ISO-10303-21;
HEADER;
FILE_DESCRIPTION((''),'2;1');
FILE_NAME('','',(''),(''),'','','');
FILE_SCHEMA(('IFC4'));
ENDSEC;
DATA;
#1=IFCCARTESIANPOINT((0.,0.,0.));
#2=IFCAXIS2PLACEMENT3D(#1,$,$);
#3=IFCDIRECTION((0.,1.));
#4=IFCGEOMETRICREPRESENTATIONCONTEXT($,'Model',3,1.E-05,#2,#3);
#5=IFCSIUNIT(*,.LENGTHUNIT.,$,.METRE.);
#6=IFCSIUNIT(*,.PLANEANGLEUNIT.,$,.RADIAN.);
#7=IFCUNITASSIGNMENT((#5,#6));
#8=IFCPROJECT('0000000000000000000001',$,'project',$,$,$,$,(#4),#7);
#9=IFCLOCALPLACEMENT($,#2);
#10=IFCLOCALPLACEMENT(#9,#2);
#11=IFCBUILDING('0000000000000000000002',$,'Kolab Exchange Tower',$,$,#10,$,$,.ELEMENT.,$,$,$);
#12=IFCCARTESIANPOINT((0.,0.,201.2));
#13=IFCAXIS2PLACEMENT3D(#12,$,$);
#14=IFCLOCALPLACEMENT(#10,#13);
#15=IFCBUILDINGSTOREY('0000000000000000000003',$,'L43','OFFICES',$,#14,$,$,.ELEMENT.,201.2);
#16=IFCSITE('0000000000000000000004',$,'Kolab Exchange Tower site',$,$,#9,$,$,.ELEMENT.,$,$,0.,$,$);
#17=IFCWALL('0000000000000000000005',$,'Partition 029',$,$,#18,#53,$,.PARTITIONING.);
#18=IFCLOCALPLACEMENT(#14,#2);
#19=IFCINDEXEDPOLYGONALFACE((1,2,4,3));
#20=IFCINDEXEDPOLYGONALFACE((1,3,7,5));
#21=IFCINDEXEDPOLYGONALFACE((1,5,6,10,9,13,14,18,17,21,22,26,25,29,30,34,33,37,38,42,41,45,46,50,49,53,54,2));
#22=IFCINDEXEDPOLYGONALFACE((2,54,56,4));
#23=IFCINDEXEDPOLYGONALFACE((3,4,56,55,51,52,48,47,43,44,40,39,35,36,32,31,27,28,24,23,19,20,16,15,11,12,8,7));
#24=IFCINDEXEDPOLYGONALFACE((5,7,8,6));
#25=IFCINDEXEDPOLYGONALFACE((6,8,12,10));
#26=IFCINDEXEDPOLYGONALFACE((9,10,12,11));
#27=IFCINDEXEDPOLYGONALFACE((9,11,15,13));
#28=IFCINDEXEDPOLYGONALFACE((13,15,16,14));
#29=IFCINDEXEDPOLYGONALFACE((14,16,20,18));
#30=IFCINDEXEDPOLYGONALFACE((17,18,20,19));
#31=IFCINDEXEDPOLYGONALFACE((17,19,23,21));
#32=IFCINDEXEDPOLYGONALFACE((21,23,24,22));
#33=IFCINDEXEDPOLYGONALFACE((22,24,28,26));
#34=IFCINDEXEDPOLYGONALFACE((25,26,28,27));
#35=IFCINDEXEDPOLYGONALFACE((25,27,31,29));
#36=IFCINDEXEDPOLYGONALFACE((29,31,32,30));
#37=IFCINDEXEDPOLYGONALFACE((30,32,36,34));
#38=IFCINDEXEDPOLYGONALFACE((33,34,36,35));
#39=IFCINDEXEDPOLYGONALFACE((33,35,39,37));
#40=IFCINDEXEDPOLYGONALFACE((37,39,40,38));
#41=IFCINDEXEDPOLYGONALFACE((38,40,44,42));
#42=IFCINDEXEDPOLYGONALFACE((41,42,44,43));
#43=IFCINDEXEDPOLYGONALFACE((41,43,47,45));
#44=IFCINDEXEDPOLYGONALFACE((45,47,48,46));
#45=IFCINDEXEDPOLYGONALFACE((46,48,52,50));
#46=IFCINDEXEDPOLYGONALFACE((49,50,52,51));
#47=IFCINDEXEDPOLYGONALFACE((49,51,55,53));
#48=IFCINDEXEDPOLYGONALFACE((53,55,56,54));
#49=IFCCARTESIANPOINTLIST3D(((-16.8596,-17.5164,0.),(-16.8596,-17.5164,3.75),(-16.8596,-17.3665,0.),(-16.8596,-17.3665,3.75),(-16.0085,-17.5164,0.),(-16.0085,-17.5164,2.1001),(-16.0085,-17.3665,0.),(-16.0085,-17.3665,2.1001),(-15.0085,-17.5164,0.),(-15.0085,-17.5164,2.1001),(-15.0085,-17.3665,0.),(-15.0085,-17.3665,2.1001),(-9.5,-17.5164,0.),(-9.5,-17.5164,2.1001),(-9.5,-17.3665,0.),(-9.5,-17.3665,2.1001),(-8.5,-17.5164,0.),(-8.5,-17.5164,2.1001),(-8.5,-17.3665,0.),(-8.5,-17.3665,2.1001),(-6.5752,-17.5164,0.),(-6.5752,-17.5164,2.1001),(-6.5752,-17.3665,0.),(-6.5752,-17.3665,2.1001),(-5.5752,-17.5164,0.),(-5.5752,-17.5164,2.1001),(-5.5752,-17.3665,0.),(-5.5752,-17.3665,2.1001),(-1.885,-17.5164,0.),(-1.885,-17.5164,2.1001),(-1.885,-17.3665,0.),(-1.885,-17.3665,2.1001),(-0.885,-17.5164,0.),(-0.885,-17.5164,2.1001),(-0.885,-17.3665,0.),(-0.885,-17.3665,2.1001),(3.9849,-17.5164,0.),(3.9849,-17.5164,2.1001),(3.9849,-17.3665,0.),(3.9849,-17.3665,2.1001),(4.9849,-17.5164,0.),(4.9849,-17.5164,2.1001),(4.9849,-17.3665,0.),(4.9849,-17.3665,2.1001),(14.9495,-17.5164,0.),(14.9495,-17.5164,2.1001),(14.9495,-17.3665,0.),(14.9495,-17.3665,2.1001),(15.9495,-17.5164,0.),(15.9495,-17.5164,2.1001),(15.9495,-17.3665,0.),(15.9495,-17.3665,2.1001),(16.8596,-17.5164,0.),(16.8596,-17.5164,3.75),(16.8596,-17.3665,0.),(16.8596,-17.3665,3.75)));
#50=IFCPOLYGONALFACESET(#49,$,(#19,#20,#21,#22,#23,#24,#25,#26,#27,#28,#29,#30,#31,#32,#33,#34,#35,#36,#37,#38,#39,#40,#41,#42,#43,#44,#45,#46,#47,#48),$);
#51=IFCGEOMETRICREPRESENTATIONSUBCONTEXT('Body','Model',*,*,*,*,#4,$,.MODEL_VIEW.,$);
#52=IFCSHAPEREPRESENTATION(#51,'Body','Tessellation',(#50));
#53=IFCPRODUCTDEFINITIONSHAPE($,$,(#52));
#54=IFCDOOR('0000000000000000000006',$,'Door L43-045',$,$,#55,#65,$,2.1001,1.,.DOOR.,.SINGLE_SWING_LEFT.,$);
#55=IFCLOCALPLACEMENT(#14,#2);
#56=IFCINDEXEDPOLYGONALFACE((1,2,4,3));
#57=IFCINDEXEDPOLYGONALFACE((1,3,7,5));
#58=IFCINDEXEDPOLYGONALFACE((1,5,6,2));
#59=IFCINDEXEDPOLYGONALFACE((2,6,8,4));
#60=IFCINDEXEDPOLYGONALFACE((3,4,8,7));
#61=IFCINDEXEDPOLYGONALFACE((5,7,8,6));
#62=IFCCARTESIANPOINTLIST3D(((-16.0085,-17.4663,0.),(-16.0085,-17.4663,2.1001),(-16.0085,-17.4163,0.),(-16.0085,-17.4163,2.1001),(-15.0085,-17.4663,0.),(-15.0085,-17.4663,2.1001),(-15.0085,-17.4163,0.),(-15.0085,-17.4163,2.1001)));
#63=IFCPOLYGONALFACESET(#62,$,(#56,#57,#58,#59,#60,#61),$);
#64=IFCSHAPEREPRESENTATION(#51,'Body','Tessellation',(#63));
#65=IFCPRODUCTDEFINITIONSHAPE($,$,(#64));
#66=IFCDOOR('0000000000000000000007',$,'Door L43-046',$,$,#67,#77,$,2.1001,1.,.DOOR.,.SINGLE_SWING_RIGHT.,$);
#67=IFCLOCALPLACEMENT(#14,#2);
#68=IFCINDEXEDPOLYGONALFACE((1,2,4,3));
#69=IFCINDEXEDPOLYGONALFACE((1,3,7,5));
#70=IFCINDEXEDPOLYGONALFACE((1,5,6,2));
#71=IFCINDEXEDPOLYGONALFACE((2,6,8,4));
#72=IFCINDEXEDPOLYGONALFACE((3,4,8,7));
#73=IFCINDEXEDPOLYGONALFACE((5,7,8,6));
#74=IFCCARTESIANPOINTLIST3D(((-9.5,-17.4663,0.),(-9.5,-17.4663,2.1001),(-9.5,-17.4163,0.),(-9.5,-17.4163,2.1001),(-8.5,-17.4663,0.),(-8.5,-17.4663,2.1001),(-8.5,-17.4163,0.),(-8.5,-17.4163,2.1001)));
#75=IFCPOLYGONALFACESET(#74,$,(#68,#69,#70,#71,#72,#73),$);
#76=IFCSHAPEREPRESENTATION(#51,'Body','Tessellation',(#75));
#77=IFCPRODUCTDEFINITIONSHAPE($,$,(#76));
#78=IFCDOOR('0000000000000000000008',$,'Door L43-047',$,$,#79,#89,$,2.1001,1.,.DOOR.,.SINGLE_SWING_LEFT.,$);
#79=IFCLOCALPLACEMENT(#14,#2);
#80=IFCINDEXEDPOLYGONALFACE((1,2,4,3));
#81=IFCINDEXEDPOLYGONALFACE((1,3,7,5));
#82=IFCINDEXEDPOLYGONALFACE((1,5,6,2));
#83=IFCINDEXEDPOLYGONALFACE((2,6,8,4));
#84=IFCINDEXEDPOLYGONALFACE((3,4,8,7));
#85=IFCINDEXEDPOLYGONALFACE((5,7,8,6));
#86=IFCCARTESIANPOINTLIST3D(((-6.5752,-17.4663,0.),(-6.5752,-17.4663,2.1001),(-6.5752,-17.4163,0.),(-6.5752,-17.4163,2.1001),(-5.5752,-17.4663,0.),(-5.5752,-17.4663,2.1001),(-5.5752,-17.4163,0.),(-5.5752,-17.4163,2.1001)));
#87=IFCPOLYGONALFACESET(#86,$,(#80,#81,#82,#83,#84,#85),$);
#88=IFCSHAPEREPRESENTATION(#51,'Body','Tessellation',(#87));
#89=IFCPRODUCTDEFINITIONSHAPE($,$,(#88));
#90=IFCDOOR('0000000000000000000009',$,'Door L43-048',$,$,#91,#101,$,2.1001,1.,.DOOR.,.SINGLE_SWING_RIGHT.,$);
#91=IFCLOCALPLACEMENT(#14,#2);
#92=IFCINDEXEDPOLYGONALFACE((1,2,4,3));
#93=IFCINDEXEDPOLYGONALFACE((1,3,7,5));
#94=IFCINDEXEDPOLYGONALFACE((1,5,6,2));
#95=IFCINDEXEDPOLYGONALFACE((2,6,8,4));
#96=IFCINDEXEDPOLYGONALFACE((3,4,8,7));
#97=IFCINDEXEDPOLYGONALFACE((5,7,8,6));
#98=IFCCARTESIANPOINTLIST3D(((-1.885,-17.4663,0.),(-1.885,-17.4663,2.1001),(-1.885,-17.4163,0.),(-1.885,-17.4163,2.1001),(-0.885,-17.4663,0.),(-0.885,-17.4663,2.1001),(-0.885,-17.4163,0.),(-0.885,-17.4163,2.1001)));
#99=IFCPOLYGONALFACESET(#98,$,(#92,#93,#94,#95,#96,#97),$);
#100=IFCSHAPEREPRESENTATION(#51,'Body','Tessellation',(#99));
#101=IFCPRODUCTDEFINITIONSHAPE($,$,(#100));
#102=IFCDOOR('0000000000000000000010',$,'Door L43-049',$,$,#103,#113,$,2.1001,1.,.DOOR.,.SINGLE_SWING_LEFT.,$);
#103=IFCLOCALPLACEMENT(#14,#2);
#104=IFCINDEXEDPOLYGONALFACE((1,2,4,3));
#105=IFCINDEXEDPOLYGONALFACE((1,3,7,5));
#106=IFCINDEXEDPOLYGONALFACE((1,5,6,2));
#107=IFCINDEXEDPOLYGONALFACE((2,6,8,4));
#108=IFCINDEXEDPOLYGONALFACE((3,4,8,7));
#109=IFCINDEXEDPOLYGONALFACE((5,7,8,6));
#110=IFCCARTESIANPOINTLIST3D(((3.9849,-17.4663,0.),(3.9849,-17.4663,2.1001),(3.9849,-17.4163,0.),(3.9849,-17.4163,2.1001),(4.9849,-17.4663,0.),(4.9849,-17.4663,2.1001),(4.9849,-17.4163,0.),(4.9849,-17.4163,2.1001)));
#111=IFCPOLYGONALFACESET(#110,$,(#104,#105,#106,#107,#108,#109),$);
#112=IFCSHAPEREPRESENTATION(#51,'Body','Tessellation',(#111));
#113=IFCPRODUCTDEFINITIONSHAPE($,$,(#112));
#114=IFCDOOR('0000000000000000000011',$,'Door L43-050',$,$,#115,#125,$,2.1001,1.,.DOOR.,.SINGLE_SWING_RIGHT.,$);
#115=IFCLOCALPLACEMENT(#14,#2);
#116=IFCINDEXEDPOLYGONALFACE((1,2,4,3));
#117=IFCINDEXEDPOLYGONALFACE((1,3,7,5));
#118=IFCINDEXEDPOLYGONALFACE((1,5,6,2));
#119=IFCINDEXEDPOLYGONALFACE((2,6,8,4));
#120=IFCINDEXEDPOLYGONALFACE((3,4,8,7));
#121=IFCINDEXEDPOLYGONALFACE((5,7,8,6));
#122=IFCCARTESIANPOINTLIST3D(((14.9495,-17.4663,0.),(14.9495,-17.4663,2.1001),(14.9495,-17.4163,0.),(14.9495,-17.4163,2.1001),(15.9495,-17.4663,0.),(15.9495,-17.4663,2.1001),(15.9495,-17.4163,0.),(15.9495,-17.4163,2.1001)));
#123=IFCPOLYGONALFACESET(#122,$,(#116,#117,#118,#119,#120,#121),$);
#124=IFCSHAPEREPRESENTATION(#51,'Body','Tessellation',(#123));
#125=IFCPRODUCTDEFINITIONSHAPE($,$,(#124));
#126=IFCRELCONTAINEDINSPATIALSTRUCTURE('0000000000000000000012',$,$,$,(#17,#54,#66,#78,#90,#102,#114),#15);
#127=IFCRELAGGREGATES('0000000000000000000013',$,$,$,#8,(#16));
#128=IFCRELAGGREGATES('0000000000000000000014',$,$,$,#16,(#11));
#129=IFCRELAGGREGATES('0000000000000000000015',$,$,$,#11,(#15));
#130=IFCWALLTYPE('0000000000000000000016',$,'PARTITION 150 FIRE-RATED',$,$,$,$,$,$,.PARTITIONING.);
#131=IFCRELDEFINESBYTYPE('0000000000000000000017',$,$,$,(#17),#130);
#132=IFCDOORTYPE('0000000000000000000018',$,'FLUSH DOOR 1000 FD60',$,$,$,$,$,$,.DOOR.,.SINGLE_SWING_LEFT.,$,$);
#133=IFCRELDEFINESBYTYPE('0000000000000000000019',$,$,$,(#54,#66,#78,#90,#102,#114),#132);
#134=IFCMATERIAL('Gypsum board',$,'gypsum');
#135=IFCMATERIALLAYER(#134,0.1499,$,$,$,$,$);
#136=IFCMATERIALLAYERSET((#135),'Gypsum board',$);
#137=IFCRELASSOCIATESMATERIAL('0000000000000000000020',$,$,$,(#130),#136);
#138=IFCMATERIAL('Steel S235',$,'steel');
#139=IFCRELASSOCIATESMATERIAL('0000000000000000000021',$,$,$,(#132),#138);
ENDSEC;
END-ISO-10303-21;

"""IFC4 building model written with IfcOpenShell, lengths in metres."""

from ifc_helpers import new_model, si_unit, direction, frame, frame_2d, origin, place, context, subcontext, project, spatial, rectangle, extrude, material, layer, layer_set, type_object, element, fill, save


model = new_model("IFC4")

# Units and contexts
model_context = context("Model", 3, precision=1e-05, world=origin(), true_north=direction((0.0, 1.0)))
body_context = subcontext(model_context, "Body", "Model", "MODEL_VIEW")
ifc_project = project(units=[si_unit("LENGTHUNIT", "METRE"), si_unit("PLANEANGLEUNIT", "RADIAN")], contexts=[model_context])

# Site, building, storey
site_placement = place(None, origin())
site = spatial("IfcSite", under=ifc_project, at=site_placement, Name="Kolab Exchange Tower site", CompositionType="ELEMENT", RefElevation=0.0)
building_placement = place(site_placement, origin())
building = spatial("IfcBuilding", under=site, at=building_placement, Name="Kolab Exchange Tower", CompositionType="ELEMENT")
storey_placement = place(building_placement, frame((0.0, 0.0, 201.2)))
storey = spatial("IfcBuildingStorey", under=building, at=storey_placement, Name="L43", Description="OFFICES", CompositionType="ELEMENT", Elevation=201.2)

# Shared definitions
ifc_material_1 = material(Name="Gypsum board", Category="gypsum")

# Wall, openings, doors
ifc_layer_1 = layer(ifc_material_1, 0.1499)
ifc_layer_set_1 = layer_set([ifc_layer_1], Name="Gypsum board")
wall_type_1 = type_object("IfcWallType", Name="PARTITION 150 FIRE-RATED", PredefinedType="PARTITIONING", material=ifc_layer_set_1)
wall_1_placement = place(storey_placement, frame((-16.8596, -17.4414, 0.0), z_axis=(0.0, 0.0, 1.0), x_axis=(1.0, 0.0, 0.0)))
wall_1 = element("IfcWall", 1, at=wall_1_placement, inside=storey, type_object=wall_type_1, Name="Partition 029", PredefinedType="PARTITIONING", context=body_context, shape_type="SweptSolid", body=[
    extrude(rectangle(XDim=33.7192, YDim=0.1499, at=frame_2d((16.8596, 0.0))), origin(), (0.0, 0.0, 1.0), 3.75),
])
opening_1_placement = place(wall_1_placement, frame((0.8511, 0.0, 0.0)))
opening_1 = element("IfcOpeningElement", 2, at=opening_1_placement, cuts=wall_1, PredefinedType="OPENING", context=body_context, shape_type="SweptSolid", body=[
    extrude(rectangle(XDim=1.0, YDim=2.1001, at=frame_2d((0.5, 1.05))), frame((0.0, 0.085, 0.0), z_axis=(0.0, -1.0, 0.0), x_axis=(1.0, 0.0, 0.0)), (0.0, 0.0, 1.0), 0.1699),
])
opening_2_placement = place(wall_1_placement, frame((7.3596, 0.0, 0.0)))
opening_2 = element("IfcOpeningElement", 3, at=opening_2_placement, cuts=wall_1, PredefinedType="OPENING", context=body_context, shape_type="SweptSolid", body=[
    extrude(rectangle(XDim=1.0, YDim=2.1001, at=frame_2d((0.5, 1.05))), frame((0.0, 0.085, 0.0), z_axis=(0.0, -1.0, 0.0), x_axis=(1.0, 0.0, 0.0)), (0.0, 0.0, 1.0), 0.1699),
])
opening_3_placement = place(wall_1_placement, frame((10.2844, 0.0, 0.0)))
opening_3 = element("IfcOpeningElement", 4, at=opening_3_placement, cuts=wall_1, PredefinedType="OPENING", context=body_context, shape_type="SweptSolid", body=[
    extrude(rectangle(XDim=1.0, YDim=2.1001, at=frame_2d((0.5, 1.05))), frame((0.0, 0.085, 0.0), z_axis=(0.0, -1.0, 0.0), x_axis=(1.0, 0.0, 0.0)), (0.0, 0.0, 1.0), 0.1699),
])
opening_4_placement = place(wall_1_placement, frame((14.9746, 0.0, 0.0)))
opening_4 = element("IfcOpeningElement", 5, at=opening_4_placement, cuts=wall_1, PredefinedType="OPENING", context=body_context, shape_type="SweptSolid", body=[
    extrude(rectangle(XDim=1.0, YDim=2.1001, at=frame_2d((0.5, 1.05))), frame((0.0, 0.085, 0.0), z_axis=(0.0, -1.0, 0.0), x_axis=(1.0, 0.0, 0.0)), (0.0, 0.0, 1.0), 0.1699),
])
opening_5_placement = place(wall_1_placement, frame((20.8445, 0.0, 0.0)))
opening_5 = element("IfcOpeningElement", 6, at=opening_5_placement, cuts=wall_1, PredefinedType="OPENING", context=body_context, shape_type="SweptSolid", body=[
    extrude(rectangle(XDim=1.0, YDim=2.1001, at=frame_2d((0.5, 1.05))), frame((0.0, 0.085, 0.0), z_axis=(0.0, -1.0, 0.0), x_axis=(1.0, 0.0, 0.0)), (0.0, 0.0, 1.0), 0.1699),
])
opening_6_placement = place(wall_1_placement, frame((31.8091, 0.0, 0.0)))
opening_6 = element("IfcOpeningElement", 7, at=opening_6_placement, cuts=wall_1, PredefinedType="OPENING", context=body_context, shape_type="SweptSolid", body=[
    extrude(rectangle(XDim=1.0, YDim=2.1001, at=frame_2d((0.5, 1.05))), frame((0.0, 0.085, 0.0), z_axis=(0.0, -1.0, 0.0), x_axis=(1.0, 0.0, 0.0)), (0.0, 0.0, 1.0), 0.1699),
])
ifc_material_2 = material(Name="Steel S235", Category="steel")
door_type_1 = type_object("IfcDoorType", Name="FLUSH DOOR 1000 FD60", OperationType="SINGLE_SWING_LEFT", PredefinedType="DOOR", material=ifc_material_2)
door_1_placement = place(opening_1_placement, frame((1.0, 0.0, 0.0), z_axis=(0.0, 0.0, 1.0), x_axis=(-1.0, 0.0, 0.0)))
door_1 = element("IfcDoor", 8, at=door_1_placement, inside=storey, type_object=door_type_1, Name="Door L43-045", OperationType="SINGLE_SWING_LEFT", OverallHeight=2.1001, OverallWidth=1.0, PredefinedType="DOOR", context=body_context, shape_type="SweptSolid", body=[
    extrude(rectangle(XDim=1.0, YDim=2.1001, at=frame_2d((0.5, 1.05))), frame((0.0, 0.0249, 0.0), z_axis=(0.0, -1.0, 0.0), x_axis=(1.0, 0.0, 0.0)), (0.0, 0.0, 1.0), 0.05),
])
fill(opening_1, door_1)
door_2_placement = place(opening_2_placement, frame((1.0, 0.0, 0.0), z_axis=(0.0, 0.0, 1.0), x_axis=(-1.0, 0.0, 0.0)))
door_2 = element("IfcDoor", 9, at=door_2_placement, inside=storey, type_object=door_type_1, Name="Door L43-046", OperationType="SINGLE_SWING_RIGHT", OverallHeight=2.1001, OverallWidth=1.0, PredefinedType="DOOR", context=body_context, shape_type="SweptSolid", body=[
    extrude(rectangle(XDim=1.0, YDim=2.1001, at=frame_2d((0.5, 1.05))), frame((0.0, 0.0249, 0.0), z_axis=(0.0, -1.0, 0.0), x_axis=(1.0, 0.0, 0.0)), (0.0, 0.0, 1.0), 0.05),
])
fill(opening_2, door_2)
door_3_placement = place(opening_3_placement, frame((1.0, 0.0, 0.0), z_axis=(0.0, 0.0, 1.0), x_axis=(-1.0, 0.0, 0.0)))
door_3 = element("IfcDoor", 10, at=door_3_placement, inside=storey, type_object=door_type_1, Name="Door L43-047", OperationType="SINGLE_SWING_LEFT", OverallHeight=2.1001, OverallWidth=1.0, PredefinedType="DOOR", context=body_context, shape_type="SweptSolid", body=[
    extrude(rectangle(XDim=1.0, YDim=2.1001, at=frame_2d((0.5, 1.05))), frame((0.0, 0.0249, 0.0), z_axis=(0.0, -1.0, 0.0), x_axis=(1.0, 0.0, 0.0)), (0.0, 0.0, 1.0), 0.05),
])
fill(opening_3, door_3)
door_4_placement = place(opening_4_placement, frame((1.0, 0.0, 0.0), z_axis=(0.0, 0.0, 1.0), x_axis=(-1.0, 0.0, 0.0)))
door_4 = element("IfcDoor", 11, at=door_4_placement, inside=storey, type_object=door_type_1, Name="Door L43-048", OperationType="SINGLE_SWING_RIGHT", OverallHeight=2.1001, OverallWidth=1.0, PredefinedType="DOOR", context=body_context, shape_type="SweptSolid", body=[
    extrude(rectangle(XDim=1.0, YDim=2.1001, at=frame_2d((0.5, 1.05))), frame((0.0, 0.0249, 0.0), z_axis=(0.0, -1.0, 0.0), x_axis=(1.0, 0.0, 0.0)), (0.0, 0.0, 1.0), 0.05),
])
fill(opening_4, door_4)
door_5_placement = place(opening_5_placement, frame((1.0, 0.0, 0.0), z_axis=(0.0, 0.0, 1.0), x_axis=(-1.0, 0.0, 0.0)))
door_5 = element("IfcDoor", 12, at=door_5_placement, inside=storey, type_object=door_type_1, Name="Door L43-049", OperationType="SINGLE_SWING_LEFT", OverallHeight=2.1001, OverallWidth=1.0, PredefinedType="DOOR", context=body_context, shape_type="SweptSolid", body=[
    extrude(rectangle(XDim=1.0, YDim=2.1001, at=frame_2d((0.5, 1.05))), frame((0.0, 0.0249, 0.0), z_axis=(0.0, -1.0, 0.0), x_axis=(1.0, 0.0, 0.0)), (0.0, 0.0, 1.0), 0.05),
])
fill(opening_5, door_5)
door_6_placement = place(opening_6_placement, frame((1.0, 0.0, 0.0), z_axis=(0.0, 0.0, 1.0), x_axis=(-1.0, 0.0, 0.0)))
door_6 = element("IfcDoor", 13, at=door_6_placement, inside=storey, type_object=door_type_1, Name="Door L43-050", OperationType="SINGLE_SWING_RIGHT", OverallHeight=2.1001, OverallWidth=1.0, PredefinedType="DOOR", context=body_context, shape_type="SweptSolid", body=[
    extrude(rectangle(XDim=1.0, YDim=2.1001, at=frame_2d((0.5, 1.05))), frame((0.0, 0.0249, 0.0), z_axis=(0.0, -1.0, 0.0), x_axis=(1.0, 0.0, 0.0)), (0.0, 0.0, 1.0), 0.05),
])
fill(opening_6, door_6)

save(model, "model.ifc")
